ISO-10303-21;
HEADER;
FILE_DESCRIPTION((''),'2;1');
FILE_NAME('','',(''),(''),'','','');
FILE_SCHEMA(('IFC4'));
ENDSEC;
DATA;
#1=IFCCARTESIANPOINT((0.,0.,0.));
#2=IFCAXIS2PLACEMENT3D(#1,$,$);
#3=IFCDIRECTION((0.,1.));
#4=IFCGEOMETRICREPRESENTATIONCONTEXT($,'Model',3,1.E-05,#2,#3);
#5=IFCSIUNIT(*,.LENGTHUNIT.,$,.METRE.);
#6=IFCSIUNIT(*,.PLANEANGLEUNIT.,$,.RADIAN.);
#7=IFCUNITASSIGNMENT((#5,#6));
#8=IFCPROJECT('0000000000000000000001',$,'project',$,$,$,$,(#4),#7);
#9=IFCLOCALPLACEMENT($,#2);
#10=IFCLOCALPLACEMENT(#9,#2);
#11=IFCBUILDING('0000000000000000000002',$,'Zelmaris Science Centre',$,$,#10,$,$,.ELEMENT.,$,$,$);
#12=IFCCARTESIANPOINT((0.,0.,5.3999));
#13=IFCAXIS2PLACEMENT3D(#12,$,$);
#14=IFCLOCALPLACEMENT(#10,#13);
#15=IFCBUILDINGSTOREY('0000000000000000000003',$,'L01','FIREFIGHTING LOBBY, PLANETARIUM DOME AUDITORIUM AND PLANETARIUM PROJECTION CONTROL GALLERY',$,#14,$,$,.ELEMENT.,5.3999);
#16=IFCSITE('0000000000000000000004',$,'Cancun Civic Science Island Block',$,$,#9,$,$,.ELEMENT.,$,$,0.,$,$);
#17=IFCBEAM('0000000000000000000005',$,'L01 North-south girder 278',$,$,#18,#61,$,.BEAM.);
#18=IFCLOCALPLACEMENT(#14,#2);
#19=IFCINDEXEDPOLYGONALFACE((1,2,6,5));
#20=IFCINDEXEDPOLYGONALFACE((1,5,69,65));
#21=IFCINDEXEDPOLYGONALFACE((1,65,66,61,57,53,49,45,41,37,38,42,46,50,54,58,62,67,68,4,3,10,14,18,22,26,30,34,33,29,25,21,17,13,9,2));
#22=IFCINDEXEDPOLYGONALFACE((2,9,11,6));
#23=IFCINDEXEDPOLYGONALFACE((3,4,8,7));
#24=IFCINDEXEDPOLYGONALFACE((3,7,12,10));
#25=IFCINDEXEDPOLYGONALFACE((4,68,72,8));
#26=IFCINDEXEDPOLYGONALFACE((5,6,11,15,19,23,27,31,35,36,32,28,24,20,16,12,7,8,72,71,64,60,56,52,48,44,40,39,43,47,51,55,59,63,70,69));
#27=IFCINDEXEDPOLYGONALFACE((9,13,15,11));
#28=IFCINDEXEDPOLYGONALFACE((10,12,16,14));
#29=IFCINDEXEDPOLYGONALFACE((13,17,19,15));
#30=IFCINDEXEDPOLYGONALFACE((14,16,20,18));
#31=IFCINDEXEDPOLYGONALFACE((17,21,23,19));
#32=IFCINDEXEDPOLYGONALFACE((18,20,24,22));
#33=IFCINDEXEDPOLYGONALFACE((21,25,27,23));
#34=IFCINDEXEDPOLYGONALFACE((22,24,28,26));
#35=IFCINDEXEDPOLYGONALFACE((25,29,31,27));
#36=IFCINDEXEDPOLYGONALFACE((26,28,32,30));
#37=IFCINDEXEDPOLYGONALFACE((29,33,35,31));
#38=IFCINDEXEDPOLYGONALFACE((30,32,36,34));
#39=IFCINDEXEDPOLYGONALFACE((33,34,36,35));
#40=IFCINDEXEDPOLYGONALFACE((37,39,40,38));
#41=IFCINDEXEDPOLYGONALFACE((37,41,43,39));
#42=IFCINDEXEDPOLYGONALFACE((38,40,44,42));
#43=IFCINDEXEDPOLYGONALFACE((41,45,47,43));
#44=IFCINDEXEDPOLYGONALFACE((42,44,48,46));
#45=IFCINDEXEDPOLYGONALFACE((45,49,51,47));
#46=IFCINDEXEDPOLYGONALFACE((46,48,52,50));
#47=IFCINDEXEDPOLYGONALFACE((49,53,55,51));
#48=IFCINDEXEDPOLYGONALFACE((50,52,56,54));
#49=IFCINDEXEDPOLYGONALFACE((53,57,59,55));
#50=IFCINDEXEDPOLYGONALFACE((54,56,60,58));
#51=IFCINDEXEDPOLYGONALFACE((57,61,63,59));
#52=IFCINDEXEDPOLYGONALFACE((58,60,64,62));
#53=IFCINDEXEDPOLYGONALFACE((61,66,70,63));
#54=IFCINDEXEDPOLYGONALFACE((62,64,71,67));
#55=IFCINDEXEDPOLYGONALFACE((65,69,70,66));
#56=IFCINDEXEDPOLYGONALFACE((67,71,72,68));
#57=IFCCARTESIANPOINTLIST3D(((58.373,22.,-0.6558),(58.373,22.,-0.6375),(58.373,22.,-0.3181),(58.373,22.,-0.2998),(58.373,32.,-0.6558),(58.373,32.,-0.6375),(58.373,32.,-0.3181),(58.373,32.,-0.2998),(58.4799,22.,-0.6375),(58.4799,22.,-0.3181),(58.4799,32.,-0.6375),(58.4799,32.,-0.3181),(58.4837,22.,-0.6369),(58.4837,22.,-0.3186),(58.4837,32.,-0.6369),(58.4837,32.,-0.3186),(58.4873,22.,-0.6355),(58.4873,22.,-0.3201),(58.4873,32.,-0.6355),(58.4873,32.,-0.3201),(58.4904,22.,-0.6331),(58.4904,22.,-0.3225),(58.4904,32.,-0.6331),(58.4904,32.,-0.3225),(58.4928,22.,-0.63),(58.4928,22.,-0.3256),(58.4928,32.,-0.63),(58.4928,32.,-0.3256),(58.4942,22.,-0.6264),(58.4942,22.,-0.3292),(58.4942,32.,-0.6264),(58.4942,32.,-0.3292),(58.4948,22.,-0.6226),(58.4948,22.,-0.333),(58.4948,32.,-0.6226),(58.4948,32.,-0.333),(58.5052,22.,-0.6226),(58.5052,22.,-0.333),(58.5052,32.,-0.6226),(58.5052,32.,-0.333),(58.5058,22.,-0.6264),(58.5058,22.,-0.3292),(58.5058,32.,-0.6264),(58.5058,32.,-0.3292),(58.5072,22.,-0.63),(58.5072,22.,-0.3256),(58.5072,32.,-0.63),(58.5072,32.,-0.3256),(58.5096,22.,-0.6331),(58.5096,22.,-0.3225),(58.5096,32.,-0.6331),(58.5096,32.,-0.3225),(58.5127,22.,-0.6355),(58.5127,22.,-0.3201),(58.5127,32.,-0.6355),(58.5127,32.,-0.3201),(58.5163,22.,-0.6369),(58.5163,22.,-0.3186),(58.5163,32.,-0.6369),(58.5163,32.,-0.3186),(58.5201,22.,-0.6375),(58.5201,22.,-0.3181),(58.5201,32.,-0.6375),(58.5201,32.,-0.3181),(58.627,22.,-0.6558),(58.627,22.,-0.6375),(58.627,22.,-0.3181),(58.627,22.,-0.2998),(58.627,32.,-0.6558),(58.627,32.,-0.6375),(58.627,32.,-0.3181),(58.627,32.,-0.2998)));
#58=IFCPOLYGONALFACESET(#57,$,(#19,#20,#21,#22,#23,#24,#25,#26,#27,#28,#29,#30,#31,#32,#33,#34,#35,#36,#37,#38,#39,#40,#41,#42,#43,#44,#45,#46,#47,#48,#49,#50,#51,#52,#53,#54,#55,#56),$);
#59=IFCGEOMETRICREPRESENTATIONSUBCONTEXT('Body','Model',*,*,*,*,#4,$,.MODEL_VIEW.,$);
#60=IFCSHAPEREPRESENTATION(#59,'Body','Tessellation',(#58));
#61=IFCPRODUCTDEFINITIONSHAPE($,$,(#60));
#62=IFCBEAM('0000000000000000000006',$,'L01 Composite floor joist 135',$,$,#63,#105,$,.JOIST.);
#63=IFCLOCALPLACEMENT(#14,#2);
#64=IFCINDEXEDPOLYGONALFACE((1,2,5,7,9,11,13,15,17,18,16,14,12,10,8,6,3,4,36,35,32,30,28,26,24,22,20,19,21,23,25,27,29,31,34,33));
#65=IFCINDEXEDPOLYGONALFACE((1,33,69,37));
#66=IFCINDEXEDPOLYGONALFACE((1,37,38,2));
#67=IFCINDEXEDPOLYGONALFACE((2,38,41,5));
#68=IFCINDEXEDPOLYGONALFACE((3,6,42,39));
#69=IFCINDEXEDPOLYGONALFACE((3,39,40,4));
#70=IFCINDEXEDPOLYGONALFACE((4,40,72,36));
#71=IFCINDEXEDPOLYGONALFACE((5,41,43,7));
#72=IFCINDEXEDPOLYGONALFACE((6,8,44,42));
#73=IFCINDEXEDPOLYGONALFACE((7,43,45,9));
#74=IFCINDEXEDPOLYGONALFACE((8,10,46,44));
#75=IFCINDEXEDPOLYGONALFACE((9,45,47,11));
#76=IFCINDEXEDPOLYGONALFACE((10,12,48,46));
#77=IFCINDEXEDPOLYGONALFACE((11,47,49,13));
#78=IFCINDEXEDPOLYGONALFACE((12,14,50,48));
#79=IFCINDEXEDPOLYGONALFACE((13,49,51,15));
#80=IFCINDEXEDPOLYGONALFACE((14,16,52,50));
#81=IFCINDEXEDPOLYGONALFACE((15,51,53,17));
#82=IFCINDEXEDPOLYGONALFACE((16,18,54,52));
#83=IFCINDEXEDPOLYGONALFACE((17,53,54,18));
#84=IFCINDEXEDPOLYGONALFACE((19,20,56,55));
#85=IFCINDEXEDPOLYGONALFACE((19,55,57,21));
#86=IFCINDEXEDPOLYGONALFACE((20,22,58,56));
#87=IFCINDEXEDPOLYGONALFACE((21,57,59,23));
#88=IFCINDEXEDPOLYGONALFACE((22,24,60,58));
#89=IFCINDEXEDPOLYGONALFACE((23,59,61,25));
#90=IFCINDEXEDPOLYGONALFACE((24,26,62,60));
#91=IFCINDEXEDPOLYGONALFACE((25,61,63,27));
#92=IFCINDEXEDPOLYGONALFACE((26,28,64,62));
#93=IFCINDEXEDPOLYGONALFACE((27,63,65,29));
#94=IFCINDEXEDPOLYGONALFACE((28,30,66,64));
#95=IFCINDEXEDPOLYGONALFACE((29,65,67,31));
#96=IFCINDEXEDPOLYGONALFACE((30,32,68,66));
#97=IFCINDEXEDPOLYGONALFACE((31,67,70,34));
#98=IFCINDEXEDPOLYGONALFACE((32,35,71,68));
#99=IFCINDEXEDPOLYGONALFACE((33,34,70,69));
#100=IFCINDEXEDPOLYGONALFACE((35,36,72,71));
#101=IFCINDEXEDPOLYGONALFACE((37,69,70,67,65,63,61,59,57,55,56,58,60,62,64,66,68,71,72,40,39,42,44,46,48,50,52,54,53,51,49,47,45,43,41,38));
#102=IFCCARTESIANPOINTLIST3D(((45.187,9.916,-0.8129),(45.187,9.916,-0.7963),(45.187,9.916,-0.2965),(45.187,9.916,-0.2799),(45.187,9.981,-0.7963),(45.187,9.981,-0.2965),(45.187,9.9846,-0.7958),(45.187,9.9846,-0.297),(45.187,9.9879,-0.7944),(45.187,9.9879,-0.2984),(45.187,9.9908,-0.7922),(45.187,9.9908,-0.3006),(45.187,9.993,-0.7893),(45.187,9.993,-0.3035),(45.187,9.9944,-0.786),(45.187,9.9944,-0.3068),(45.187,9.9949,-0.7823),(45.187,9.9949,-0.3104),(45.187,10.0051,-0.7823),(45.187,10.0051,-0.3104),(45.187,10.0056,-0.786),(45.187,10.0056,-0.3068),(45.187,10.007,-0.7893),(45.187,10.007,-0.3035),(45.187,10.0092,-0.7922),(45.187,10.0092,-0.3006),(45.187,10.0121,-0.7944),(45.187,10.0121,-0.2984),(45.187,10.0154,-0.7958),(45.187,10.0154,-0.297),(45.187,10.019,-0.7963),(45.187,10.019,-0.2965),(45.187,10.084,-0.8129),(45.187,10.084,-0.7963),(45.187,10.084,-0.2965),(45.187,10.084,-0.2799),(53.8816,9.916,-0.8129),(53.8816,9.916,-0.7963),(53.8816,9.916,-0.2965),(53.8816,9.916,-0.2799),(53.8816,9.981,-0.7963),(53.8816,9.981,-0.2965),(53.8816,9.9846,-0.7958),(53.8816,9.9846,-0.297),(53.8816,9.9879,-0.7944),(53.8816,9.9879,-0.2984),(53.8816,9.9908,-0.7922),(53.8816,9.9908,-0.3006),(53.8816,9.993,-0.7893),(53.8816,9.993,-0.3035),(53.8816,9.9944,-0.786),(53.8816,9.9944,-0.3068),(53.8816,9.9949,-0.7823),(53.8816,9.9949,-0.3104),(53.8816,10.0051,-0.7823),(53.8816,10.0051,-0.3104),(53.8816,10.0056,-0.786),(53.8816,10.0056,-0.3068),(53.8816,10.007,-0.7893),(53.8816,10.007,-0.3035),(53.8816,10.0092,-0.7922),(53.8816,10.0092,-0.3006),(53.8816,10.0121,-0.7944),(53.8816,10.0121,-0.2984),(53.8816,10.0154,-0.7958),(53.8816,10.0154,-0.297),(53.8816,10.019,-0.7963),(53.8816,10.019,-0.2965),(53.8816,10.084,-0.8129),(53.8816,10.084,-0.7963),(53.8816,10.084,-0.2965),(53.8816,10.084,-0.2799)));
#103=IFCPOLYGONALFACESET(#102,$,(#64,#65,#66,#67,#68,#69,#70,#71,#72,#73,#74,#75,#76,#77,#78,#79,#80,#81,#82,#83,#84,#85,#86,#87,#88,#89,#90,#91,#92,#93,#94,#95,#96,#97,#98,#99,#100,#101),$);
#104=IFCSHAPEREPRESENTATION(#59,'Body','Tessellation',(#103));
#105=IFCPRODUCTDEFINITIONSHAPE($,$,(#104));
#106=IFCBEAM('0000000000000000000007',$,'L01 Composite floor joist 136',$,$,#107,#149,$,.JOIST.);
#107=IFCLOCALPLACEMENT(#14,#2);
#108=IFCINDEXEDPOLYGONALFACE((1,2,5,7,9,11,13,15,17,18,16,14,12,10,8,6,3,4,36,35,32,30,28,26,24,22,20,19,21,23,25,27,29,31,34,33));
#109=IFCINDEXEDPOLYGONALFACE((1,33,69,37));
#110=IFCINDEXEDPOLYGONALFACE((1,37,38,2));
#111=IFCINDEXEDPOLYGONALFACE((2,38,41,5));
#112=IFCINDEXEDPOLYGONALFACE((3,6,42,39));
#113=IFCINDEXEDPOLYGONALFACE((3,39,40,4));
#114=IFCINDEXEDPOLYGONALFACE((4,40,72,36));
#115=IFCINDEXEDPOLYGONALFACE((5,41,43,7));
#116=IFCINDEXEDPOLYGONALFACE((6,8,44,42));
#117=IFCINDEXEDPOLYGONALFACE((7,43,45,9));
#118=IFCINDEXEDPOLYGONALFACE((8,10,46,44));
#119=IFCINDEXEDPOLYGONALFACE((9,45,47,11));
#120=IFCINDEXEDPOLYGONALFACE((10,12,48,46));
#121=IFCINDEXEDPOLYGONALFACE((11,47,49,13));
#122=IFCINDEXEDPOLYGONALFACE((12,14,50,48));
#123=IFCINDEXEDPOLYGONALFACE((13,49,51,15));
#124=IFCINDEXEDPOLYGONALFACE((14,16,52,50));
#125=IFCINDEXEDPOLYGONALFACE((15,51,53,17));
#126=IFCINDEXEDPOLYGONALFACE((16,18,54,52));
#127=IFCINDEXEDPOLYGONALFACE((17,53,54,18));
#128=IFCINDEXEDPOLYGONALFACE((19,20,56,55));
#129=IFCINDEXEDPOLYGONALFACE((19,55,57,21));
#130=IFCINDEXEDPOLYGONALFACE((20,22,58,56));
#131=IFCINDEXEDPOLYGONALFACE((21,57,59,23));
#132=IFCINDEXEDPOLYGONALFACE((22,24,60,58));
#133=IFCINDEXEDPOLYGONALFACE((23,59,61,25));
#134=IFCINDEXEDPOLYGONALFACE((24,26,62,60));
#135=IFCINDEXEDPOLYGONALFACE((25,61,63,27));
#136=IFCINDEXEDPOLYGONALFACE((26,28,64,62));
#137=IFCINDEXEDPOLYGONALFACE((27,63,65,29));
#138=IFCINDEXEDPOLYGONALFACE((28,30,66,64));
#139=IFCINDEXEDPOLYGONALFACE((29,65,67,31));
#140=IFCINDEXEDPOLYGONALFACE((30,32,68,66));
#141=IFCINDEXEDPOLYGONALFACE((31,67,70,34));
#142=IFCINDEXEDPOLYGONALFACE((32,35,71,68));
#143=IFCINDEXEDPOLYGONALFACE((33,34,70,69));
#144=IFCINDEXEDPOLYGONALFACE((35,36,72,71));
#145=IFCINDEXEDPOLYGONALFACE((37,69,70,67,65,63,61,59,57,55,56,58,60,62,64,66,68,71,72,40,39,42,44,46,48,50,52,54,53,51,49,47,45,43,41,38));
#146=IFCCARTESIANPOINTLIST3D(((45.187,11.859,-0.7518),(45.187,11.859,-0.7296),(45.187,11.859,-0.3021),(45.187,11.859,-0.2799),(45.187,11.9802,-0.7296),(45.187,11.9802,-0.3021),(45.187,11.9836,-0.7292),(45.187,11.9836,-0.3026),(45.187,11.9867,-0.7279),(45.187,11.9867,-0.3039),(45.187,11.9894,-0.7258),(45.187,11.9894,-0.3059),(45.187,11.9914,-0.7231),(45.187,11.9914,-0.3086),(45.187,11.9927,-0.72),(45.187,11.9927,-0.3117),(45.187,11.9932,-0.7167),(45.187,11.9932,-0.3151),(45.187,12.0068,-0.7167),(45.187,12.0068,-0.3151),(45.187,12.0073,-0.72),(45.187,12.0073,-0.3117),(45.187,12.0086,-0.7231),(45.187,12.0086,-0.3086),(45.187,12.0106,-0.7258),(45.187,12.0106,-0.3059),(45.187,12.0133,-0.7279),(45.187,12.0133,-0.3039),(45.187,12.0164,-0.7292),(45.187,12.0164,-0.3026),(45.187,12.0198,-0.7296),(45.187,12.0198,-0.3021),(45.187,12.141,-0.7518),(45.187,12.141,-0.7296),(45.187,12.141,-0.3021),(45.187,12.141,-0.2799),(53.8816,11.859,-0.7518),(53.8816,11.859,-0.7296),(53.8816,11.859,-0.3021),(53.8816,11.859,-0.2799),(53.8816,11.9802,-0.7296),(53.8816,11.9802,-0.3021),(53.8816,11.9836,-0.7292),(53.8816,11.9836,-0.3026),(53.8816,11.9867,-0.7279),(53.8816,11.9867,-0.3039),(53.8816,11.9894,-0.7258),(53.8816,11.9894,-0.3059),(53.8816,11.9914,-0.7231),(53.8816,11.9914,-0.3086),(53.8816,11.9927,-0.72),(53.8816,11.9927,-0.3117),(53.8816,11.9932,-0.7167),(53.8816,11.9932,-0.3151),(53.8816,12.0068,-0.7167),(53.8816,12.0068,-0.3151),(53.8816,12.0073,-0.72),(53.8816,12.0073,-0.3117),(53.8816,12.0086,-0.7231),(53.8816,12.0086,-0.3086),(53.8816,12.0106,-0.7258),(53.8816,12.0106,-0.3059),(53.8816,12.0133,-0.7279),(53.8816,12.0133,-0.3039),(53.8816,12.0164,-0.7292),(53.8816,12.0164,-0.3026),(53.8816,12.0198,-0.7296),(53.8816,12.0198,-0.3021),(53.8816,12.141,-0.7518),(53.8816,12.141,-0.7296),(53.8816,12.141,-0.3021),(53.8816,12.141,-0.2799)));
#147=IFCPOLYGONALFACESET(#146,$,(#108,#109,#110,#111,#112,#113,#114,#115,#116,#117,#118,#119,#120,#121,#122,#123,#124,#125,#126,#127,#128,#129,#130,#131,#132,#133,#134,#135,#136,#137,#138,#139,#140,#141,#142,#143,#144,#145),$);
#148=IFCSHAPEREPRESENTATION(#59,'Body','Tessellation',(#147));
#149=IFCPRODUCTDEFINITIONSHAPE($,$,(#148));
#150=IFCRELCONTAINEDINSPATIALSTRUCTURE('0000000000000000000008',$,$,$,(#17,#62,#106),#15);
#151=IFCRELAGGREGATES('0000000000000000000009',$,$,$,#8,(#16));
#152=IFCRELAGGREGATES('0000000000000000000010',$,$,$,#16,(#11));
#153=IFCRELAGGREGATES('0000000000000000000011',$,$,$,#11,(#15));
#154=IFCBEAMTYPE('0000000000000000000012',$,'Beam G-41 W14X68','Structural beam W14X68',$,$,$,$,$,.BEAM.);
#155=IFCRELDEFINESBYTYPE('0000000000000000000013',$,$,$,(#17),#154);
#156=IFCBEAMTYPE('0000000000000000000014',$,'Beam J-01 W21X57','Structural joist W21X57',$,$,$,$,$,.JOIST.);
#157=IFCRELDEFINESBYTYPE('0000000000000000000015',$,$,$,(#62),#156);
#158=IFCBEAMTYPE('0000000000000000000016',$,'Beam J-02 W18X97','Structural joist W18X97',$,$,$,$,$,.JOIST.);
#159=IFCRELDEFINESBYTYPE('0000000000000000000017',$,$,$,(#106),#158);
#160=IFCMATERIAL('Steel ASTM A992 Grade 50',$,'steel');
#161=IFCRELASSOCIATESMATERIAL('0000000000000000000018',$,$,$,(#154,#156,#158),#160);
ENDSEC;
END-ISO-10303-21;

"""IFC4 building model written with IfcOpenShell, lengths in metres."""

from ifc_helpers import new_model, si_unit, direction, frame, origin, origin_2d, place, context, subcontext, project, spatial, i_section, extrude, material, material_profile, profile_set, type_object, element, save


model = new_model("IFC4")

# Units and contexts
model_context = context("Model", 3, precision=1e-05, world=origin(), true_north=direction((0.0, 1.0)))
body_context = subcontext(model_context, "Body", "Model", "MODEL_VIEW")
ifc_project = project(units=[si_unit("LENGTHUNIT", "METRE"), si_unit("PLANEANGLEUNIT", "RADIAN")], contexts=[model_context])

# Site, building, storey
site_placement = place(None, origin())
site = spatial("IfcSite", under=ifc_project, at=site_placement, Name="Cancun Civic Science Island Block", CompositionType="ELEMENT", RefElevation=0.0)
building_placement = place(site_placement, origin())
building = spatial("IfcBuilding", under=site, at=building_placement, Name="Zelmaris Science Centre", CompositionType="ELEMENT")
storey_placement = place(building_placement, frame((0.0, 0.0, 5.3999)))
storey = spatial("IfcBuildingStorey", under=building, at=storey_placement, Name="L01", Description="FIREFIGHTING LOBBY, PLANETARIUM DOME AUDITORIUM AND PLANETARIUM PROJECTION CONTROL GALLERY", CompositionType="ELEMENT", Elevation=5.3999)

# Shared definitions
ifc_material_1 = material(Name="Steel ASTM A992 Grade 50", Category="steel")

# Beams
ifc_material_profile_1 = material_profile(ifc_material_1, i_section(OverallWidth=0.2539, OverallDepth=0.356, WebThickness=0.0105, FlangeThickness=0.0183, FilletRadius=0.0149, at=origin_2d()), Name="W14X68")
ifc_profile_set_1 = profile_set([ifc_material_profile_1], Name="Steel ASTM A992 Grade 50")
beam_type_1 = type_object("IfcBeamType", Name="Beam G-41 W14X68", Description="Structural beam W14X68", PredefinedType="BEAM", material=ifc_profile_set_1)
beam_1_placement = place(storey_placement, frame((58.5, 22.0, -0.4778), z_axis=(0.0, 1.0, 0.0), x_axis=(-1.0, 0.0, 0.0)))
element("IfcBeam", 1, at=beam_1_placement, inside=storey, type_object=beam_type_1, Name="L01 North-south girder 278", PredefinedType="BEAM", context=body_context, shape_type="SweptSolid", body=[
    extrude(i_section(OverallWidth=0.2539, OverallDepth=0.356, WebThickness=0.0105, FlangeThickness=0.0183, FilletRadius=0.0149, at=origin_2d()), origin(), (0.0, 0.0, 1.0), 10.0),
])
ifc_material_profile_2 = material_profile(ifc_material_1, i_section(OverallWidth=0.168, OverallDepth=0.533, WebThickness=0.0103, FlangeThickness=0.0166, FilletRadius=0.0139, at=origin_2d()), Name="W21X57")
ifc_profile_set_2 = profile_set([ifc_material_profile_2], Name="Steel ASTM A992 Grade 50")
beam_type_2 = type_object("IfcBeamType", Name="Beam J-01 W21X57", Description="Structural joist W21X57", PredefinedType="JOIST", material=ifc_profile_set_2)
beam_2_placement = place(storey_placement, frame((45.187, 10.0, -0.5464), z_axis=(1.0, 0.0, 0.0), x_axis=(0.0, 1.0, 0.0)))
element("IfcBeam", 2, at=beam_2_placement, inside=storey, type_object=beam_type_2, Name="L01 Composite floor joist 135", PredefinedType="JOIST", context=body_context, shape_type="SweptSolid", body=[
    extrude(i_section(OverallWidth=0.168, OverallDepth=0.533, WebThickness=0.0103, FlangeThickness=0.0166, FilletRadius=0.0139, at=origin_2d()), origin(), (0.0, 0.0, 1.0), 8.6946),
])
ifc_material_profile_3 = material_profile(ifc_material_1, i_section(OverallWidth=0.282, OverallDepth=0.4719, WebThickness=0.0137, FlangeThickness=0.0222, FilletRadius=0.0129, at=origin_2d()), Name="W18X97")
ifc_profile_set_3 = profile_set([ifc_material_profile_3], Name="Steel ASTM A992 Grade 50")
beam_type_3 = type_object("IfcBeamType", Name="Beam J-02 W18X97", Description="Structural joist W18X97", PredefinedType="JOIST", material=ifc_profile_set_3)
beam_3_placement = place(storey_placement, frame((45.187, 12.0, -0.5159), z_axis=(1.0, 0.0, 0.0), x_axis=(0.0, 1.0, 0.0)))
element("IfcBeam", 3, at=beam_3_placement, inside=storey, type_object=beam_type_3, Name="L01 Composite floor joist 136", PredefinedType="JOIST", context=body_context, shape_type="SweptSolid", body=[
    extrude(i_section(OverallWidth=0.282, OverallDepth=0.4719, WebThickness=0.0137, FlangeThickness=0.0222, FilletRadius=0.0129, at=origin_2d()), origin(), (0.0, 0.0, 1.0), 8.6946),
])

save(model, "model.ifc")
